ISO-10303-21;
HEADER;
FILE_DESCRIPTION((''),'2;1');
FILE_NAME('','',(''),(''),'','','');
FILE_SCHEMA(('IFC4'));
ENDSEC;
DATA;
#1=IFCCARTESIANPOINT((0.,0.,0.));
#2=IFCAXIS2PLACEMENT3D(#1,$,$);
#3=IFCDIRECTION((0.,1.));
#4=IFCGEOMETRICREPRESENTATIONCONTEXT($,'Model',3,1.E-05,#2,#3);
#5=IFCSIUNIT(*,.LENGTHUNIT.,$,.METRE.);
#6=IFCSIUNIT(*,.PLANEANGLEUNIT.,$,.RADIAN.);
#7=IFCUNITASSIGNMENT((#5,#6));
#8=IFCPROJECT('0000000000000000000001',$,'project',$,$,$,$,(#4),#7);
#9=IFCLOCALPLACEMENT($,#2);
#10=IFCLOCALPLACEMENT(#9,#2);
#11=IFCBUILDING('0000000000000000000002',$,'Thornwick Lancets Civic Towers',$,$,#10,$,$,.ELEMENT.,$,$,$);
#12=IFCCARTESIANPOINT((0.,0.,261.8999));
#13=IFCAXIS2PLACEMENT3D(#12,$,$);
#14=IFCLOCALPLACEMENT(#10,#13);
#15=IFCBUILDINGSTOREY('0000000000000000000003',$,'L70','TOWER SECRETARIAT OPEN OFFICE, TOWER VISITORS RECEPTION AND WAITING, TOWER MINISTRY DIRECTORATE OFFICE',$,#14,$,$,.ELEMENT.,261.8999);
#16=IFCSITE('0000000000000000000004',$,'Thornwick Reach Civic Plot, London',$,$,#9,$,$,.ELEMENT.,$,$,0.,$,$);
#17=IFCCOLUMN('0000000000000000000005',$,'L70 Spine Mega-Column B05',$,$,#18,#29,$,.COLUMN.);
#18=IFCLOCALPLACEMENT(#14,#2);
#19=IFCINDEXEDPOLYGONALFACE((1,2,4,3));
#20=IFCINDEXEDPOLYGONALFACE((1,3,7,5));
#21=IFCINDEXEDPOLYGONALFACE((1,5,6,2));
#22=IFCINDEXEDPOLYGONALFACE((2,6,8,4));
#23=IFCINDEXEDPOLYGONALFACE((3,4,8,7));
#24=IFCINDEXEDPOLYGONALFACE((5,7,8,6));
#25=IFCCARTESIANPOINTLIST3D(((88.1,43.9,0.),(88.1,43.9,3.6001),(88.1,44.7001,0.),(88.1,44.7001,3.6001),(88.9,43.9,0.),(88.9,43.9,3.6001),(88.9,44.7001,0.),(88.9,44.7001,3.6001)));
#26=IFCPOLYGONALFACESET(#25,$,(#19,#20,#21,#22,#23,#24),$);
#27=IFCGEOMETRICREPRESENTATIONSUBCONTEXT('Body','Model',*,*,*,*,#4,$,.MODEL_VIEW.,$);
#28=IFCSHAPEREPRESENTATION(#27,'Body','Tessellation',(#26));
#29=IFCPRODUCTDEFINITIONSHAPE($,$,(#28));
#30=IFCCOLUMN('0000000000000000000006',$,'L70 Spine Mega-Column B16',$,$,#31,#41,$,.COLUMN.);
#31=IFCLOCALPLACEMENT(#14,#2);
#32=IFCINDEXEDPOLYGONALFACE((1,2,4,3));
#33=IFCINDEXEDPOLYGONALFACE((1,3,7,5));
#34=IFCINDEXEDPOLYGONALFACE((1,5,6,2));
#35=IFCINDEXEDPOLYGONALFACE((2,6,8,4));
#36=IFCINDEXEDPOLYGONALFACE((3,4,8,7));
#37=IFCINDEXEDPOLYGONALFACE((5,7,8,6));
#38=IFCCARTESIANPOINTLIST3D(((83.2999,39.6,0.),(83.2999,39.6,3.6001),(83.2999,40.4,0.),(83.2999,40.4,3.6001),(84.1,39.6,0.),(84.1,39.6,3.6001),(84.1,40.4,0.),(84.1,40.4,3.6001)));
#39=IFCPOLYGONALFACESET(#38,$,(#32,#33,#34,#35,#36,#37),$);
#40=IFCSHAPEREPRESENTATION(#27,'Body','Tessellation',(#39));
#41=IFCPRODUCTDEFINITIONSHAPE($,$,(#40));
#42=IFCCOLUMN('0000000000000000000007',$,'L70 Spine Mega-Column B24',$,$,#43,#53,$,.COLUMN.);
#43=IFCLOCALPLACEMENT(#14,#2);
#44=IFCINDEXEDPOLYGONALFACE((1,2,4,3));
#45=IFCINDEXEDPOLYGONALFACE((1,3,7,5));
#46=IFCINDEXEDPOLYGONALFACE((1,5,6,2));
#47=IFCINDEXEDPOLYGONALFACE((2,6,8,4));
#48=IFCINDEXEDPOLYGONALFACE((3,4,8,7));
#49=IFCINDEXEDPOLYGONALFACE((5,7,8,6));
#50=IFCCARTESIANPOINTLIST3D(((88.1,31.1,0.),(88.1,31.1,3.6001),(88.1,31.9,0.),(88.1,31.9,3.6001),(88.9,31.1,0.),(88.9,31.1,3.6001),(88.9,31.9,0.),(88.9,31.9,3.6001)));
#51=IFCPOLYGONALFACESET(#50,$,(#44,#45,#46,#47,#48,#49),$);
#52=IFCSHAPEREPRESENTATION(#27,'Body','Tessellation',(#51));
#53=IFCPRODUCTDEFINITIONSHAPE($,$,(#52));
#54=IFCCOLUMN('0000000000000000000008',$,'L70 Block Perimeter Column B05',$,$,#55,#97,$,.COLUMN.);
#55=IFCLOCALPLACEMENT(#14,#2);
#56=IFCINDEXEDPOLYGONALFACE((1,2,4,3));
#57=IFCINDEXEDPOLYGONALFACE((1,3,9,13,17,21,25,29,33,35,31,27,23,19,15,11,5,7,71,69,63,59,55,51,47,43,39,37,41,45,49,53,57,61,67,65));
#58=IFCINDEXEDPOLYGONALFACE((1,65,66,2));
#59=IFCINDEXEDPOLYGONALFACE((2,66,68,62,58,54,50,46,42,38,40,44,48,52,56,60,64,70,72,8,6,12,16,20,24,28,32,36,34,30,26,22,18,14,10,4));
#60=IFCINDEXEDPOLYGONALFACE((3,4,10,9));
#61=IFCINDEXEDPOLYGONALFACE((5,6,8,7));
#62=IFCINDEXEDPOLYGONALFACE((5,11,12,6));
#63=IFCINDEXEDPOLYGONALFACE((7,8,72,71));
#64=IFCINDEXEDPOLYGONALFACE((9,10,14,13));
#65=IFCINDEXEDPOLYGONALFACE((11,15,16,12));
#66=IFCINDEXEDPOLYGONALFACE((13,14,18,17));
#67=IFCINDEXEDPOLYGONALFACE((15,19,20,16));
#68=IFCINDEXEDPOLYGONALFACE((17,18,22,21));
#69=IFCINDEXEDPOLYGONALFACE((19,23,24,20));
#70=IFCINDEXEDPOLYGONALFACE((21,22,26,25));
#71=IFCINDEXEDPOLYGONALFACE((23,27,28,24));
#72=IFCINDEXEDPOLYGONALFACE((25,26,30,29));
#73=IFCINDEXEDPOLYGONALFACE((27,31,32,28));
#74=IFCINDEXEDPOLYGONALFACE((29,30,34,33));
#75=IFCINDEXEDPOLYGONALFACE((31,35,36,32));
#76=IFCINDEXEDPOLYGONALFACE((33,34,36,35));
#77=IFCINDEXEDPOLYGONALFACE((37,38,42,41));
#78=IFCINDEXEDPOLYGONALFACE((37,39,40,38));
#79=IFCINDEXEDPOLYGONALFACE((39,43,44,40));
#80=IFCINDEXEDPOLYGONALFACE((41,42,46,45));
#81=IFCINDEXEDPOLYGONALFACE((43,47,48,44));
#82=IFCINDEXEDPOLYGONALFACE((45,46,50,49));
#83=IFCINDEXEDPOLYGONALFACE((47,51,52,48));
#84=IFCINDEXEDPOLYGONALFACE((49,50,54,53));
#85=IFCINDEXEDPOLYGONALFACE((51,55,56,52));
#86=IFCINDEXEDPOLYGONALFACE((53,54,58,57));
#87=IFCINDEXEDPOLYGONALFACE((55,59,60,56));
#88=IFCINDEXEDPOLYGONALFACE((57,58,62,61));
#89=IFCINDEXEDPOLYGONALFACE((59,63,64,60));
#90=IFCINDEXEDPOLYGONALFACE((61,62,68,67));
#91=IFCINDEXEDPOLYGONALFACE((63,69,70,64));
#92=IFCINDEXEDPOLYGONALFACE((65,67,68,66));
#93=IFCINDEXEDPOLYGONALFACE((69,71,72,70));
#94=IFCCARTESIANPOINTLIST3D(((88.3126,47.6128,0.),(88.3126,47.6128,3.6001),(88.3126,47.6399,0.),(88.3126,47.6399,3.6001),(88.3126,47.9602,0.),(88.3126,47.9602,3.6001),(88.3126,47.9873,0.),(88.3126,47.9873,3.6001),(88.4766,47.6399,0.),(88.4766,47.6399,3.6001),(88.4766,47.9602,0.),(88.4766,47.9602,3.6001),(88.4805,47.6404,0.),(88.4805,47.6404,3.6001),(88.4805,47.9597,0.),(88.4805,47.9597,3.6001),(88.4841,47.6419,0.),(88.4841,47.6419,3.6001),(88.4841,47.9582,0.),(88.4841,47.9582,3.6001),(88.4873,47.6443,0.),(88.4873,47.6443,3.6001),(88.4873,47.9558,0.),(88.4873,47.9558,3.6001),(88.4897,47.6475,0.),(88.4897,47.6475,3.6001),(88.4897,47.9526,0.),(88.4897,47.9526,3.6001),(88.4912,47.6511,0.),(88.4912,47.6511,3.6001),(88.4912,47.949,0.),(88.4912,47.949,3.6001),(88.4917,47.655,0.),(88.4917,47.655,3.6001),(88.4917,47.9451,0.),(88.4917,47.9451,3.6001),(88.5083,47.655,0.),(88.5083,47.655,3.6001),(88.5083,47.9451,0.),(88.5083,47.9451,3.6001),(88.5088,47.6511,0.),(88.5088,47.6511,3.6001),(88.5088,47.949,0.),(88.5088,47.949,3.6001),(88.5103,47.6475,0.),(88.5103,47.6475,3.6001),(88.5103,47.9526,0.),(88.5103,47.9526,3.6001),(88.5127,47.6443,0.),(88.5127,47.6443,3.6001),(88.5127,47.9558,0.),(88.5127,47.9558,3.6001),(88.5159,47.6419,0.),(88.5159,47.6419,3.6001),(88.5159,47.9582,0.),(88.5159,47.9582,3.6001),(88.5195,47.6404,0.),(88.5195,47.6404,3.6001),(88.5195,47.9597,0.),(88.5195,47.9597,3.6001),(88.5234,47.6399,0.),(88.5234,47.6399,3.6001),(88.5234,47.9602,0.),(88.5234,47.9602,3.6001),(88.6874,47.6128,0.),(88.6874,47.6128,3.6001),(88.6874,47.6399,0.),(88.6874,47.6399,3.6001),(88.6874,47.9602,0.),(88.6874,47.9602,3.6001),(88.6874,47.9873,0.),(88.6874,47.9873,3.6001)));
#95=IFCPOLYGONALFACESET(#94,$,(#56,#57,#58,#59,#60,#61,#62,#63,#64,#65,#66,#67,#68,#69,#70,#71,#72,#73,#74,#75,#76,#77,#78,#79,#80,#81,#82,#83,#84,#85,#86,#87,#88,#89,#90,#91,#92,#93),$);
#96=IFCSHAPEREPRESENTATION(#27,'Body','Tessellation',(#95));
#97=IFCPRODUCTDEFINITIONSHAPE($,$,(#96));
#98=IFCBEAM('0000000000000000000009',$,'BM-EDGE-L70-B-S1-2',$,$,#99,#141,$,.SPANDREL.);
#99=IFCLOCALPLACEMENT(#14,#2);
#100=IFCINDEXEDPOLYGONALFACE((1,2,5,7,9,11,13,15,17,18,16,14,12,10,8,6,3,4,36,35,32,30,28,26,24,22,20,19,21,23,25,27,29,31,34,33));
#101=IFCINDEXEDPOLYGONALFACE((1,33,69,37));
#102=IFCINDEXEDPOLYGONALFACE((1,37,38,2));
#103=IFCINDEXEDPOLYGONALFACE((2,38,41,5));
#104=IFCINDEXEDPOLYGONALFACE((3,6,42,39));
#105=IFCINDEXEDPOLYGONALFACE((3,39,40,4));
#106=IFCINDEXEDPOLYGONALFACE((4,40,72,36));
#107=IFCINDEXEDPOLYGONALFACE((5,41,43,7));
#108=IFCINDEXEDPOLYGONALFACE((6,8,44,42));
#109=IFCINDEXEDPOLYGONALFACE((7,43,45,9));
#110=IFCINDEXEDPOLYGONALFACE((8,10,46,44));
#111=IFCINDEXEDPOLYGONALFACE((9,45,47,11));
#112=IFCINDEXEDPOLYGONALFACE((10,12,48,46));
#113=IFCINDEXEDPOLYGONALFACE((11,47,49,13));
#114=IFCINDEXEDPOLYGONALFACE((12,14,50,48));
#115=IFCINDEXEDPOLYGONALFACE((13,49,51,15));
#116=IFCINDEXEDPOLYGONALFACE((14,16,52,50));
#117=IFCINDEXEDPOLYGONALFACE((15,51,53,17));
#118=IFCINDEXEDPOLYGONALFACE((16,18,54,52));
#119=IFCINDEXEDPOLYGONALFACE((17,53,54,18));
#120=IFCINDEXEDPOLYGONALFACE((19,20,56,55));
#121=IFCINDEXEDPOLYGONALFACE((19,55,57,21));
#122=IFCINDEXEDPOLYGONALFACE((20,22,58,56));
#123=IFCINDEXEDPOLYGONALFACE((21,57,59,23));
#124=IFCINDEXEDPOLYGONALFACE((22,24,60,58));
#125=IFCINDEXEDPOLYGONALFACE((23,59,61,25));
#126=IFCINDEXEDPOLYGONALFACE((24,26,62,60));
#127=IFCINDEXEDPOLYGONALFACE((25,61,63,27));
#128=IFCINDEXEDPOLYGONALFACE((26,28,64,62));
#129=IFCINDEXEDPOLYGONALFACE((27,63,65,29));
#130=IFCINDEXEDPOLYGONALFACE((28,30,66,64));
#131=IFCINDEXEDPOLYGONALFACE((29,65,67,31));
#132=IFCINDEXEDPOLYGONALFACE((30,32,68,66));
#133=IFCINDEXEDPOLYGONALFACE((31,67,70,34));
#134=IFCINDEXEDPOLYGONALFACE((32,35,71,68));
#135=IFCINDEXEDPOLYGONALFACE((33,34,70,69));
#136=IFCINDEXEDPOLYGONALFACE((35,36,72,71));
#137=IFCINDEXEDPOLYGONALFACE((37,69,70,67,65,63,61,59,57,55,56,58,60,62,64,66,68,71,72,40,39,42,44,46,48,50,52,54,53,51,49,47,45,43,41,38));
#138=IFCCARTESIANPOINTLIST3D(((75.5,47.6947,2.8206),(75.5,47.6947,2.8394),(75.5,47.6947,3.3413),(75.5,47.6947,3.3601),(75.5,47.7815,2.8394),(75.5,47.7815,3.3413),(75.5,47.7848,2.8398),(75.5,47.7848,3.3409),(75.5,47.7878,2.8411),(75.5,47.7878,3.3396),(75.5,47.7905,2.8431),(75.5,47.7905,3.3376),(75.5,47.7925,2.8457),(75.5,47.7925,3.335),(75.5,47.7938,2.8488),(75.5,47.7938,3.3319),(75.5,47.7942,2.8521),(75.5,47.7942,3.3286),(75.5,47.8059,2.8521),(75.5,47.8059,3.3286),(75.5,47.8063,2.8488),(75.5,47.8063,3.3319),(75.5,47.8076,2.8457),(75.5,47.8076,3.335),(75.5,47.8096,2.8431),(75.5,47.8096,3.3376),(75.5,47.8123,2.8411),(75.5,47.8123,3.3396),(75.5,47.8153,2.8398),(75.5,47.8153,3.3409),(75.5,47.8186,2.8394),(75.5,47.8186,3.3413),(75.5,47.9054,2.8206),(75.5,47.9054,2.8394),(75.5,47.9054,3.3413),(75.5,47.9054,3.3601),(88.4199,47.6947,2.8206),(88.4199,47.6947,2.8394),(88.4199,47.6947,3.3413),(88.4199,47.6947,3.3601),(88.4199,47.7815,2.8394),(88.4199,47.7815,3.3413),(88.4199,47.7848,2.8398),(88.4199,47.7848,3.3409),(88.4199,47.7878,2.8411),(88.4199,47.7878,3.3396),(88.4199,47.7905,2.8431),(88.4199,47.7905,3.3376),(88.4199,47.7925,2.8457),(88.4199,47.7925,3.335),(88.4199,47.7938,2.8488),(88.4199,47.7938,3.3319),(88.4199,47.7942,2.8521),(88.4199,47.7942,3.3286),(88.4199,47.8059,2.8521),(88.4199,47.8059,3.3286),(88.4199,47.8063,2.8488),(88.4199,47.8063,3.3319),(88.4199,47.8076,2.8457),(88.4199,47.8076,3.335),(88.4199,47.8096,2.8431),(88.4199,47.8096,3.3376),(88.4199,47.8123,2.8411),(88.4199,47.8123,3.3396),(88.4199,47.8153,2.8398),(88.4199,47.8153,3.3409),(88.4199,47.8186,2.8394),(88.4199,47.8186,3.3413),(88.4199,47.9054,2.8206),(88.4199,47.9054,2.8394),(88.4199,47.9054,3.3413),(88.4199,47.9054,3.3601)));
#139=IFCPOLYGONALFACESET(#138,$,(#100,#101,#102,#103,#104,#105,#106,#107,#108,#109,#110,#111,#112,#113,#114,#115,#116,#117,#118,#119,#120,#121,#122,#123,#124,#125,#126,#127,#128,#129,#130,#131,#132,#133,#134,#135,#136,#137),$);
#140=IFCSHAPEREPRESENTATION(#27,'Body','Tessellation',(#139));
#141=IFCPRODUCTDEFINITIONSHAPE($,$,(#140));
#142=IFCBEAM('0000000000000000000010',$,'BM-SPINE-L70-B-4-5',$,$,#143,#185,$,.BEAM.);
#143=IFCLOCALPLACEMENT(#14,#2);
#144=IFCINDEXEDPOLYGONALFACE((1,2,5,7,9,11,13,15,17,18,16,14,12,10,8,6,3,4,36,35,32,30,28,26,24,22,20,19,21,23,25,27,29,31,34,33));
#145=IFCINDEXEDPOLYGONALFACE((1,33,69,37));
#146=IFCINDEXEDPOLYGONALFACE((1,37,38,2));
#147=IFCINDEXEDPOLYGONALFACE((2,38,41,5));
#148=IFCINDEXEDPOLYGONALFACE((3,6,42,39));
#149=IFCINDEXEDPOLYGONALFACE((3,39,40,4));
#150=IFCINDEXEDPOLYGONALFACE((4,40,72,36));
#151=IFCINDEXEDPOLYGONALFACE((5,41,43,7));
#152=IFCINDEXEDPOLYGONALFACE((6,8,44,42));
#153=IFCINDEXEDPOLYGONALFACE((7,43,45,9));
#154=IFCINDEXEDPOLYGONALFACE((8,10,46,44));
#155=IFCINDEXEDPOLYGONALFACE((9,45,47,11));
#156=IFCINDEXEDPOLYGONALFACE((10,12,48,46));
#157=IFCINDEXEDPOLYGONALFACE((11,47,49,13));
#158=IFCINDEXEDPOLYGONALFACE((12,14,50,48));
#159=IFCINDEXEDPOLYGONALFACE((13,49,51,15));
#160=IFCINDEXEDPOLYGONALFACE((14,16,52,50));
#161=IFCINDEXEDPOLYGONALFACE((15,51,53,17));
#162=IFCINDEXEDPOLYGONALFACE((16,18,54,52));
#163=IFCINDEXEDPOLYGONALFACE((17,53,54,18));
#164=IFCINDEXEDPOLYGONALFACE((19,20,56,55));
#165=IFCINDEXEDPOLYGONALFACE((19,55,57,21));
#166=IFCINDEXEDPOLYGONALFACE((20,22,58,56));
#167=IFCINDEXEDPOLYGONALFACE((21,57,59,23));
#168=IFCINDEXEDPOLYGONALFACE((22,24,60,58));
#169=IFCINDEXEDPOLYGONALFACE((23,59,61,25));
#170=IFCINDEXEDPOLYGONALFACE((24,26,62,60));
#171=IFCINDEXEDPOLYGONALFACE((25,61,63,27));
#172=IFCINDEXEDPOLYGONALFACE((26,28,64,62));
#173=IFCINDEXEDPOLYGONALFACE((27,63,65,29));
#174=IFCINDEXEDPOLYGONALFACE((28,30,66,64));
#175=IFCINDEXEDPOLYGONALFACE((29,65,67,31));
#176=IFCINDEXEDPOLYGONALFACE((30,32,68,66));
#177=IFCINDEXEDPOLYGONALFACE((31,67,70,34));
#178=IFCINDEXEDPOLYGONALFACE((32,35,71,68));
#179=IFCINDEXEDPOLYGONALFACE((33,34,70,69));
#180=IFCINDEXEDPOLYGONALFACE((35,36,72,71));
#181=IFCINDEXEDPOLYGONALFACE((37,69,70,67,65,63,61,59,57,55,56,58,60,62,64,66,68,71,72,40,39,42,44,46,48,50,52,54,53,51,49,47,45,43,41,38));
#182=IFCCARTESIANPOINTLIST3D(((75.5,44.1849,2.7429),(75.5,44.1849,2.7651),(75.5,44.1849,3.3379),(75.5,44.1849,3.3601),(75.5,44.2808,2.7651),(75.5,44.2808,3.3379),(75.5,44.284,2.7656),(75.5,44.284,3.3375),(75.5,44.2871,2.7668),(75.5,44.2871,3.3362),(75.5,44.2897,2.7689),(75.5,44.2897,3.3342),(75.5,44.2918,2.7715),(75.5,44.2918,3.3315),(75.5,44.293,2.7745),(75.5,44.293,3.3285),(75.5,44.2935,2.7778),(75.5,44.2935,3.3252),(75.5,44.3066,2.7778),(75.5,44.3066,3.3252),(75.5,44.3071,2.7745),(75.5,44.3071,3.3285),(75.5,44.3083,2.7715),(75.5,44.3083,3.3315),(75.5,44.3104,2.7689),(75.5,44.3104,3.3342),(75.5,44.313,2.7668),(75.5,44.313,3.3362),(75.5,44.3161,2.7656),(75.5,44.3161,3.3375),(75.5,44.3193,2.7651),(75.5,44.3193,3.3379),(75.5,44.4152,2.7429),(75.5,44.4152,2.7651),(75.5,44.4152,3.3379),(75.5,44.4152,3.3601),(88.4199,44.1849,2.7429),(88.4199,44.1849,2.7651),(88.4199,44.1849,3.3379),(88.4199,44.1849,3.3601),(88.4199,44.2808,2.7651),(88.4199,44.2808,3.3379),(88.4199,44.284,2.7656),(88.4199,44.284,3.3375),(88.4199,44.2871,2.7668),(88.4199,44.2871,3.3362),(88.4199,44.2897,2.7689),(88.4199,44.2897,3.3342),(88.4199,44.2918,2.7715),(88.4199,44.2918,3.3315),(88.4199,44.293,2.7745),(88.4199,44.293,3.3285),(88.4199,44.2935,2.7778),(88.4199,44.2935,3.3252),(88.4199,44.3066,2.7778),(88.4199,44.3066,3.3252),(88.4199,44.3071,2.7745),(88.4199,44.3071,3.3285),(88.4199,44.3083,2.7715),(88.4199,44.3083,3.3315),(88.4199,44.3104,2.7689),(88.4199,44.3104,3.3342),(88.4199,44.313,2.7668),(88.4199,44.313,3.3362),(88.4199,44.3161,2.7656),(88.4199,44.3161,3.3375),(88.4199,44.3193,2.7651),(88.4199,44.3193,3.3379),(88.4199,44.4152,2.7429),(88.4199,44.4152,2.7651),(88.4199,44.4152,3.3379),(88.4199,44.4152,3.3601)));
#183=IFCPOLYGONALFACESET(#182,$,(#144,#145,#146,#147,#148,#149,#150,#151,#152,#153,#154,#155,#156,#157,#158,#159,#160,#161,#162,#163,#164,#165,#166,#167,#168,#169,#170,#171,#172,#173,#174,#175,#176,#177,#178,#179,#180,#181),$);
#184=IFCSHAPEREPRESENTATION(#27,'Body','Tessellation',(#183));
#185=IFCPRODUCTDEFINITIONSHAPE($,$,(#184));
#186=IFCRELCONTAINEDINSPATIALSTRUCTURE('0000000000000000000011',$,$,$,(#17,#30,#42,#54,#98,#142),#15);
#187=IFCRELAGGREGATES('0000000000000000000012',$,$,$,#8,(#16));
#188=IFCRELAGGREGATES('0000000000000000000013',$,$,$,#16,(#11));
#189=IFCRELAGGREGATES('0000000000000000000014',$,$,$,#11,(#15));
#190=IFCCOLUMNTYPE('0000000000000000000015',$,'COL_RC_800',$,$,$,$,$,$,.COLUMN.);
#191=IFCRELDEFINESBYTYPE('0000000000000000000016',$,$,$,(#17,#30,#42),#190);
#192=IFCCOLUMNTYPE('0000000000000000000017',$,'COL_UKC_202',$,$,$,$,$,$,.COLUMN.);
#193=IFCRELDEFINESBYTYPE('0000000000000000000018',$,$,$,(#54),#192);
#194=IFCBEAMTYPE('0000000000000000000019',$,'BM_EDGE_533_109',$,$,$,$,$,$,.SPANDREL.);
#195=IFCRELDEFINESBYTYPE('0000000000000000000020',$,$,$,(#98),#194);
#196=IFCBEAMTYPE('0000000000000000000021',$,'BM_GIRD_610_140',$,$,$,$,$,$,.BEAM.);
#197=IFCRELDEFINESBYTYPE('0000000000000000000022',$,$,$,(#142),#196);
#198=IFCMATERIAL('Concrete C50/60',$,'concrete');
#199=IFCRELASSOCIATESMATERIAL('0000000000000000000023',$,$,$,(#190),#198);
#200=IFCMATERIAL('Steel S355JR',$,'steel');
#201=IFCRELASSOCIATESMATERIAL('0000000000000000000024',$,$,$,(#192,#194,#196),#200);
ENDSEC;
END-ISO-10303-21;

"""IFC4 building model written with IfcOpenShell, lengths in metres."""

from ifc_helpers import new_model, si_unit, direction, frame, origin, origin_2d, place, context, subcontext, project, spatial, rectangle, i_section, extrude, material, material_profile, profile_set, type_object, element, save


model = new_model("IFC4")

# Units and contexts
model_context = context("Model", 3, precision=1e-05, world=origin(), true_north=direction((0.0, 1.0)))
body_context = subcontext(model_context, "Body", "Model", "MODEL_VIEW")
ifc_project = project(units=[si_unit("LENGTHUNIT", "METRE"), si_unit("PLANEANGLEUNIT", "RADIAN")], contexts=[model_context])

# Site, building, storey
site_placement = place(None, origin())
site = spatial("IfcSite", under=ifc_project, at=site_placement, Name="Thornwick Reach Civic Plot, London", CompositionType="ELEMENT", RefElevation=0.0)
building_placement = place(site_placement, origin())
building = spatial("IfcBuilding", under=site, at=building_placement, Name="Thornwick Lancets Civic Towers", CompositionType="ELEMENT")
storey_placement = place(building_placement, frame((0.0, 0.0, 261.8999)))
storey = spatial("IfcBuildingStorey", under=building, at=storey_placement, Name="L70", Description="TOWER SECRETARIAT OPEN OFFICE, TOWER VISITORS RECEPTION AND WAITING, TOWER MINISTRY DIRECTORATE OFFICE", CompositionType="ELEMENT", Elevation=261.8999)

# Columns
ifc_material_1 = material(Name="Concrete C50/60", Category="concrete")
ifc_material_profile_1 = material_profile(ifc_material_1, rectangle(XDim=0.8, YDim=0.8, at=origin_2d()), Name="RC 800x800")
ifc_profile_set_1 = profile_set([ifc_material_profile_1], Name="Concrete C50/60")
column_type_1 = type_object("IfcColumnType", Name="COL_RC_800", PredefinedType="COLUMN", material=ifc_profile_set_1)
for number, where, z_axis, x_axis, name in (
    (1, (88.5, 44.3, 0.0), (0.0, 0.0, 1.0), (1.0, 0.0, 0.0), "L70 Spine Mega-Column B05"),
    (2, (83.7, 40.0, 0.0), (0.0, 0.0, 1.0), (1.0, 0.0, 0.0), "L70 Spine Mega-Column B16"),
    (3, (88.5, 31.5, 0.0), (0.0, 0.0, 1.0), (1.0, 0.0, 0.0), "L70 Spine Mega-Column B24"),
):
    element("IfcColumn", number, at=place(storey_placement, frame(where, z_axis=z_axis, x_axis=x_axis)), inside=storey, type_object=column_type_1, Name=name, PredefinedType="COLUMN", context=body_context, shape_type="SweptSolid", body=[
        extrude(rectangle(XDim=0.8, YDim=0.8, at=origin_2d()), origin(), (0.0, 0.0, 1.0), 3.6001),
    ])
ifc_material_2 = material(Name="Steel S355JR", Category="steel")
ifc_material_profile_2 = material_profile(ifc_material_2, i_section(OverallWidth=0.3748, OverallDepth=0.3745, WebThickness=0.0166, FlangeThickness=0.0271, FilletRadius=0.0151, at=origin_2d()), Name="UKC 356x368x202")
ifc_profile_set_2 = profile_set([ifc_material_profile_2], Name="Steel S355JR")
column_type_2 = type_object("IfcColumnType", Name="COL_UKC_202", PredefinedType="COLUMN", material=ifc_profile_set_2)
column_placement = place(storey_placement, frame((88.5, 47.8, 0.0), z_axis=(0.0, 0.0, 1.0), x_axis=(1.0, 0.0, 0.0)))
element("IfcColumn", 4, at=column_placement, inside=storey, type_object=column_type_2, Name="L70 Block Perimeter Column B05", PredefinedType="COLUMN", context=body_context, shape_type="SweptSolid", body=[
    extrude(i_section(OverallWidth=0.3748, OverallDepth=0.3745, WebThickness=0.0166, FlangeThickness=0.0271, FilletRadius=0.0151, at=origin_2d()), origin(), (0.0, 0.0, 1.0), 3.6001),
])

# Beams
ifc_material_profile_3 = material_profile(ifc_material_2, i_section(OverallWidth=0.2107, OverallDepth=0.5396, WebThickness=0.0117, FlangeThickness=0.0188, FilletRadius=0.0127, at=origin_2d()), Name="UKB 533x210x109")
ifc_profile_set_3 = profile_set([ifc_material_profile_3], Name="Steel S355JR")
beam_type_1 = type_object("IfcBeamType", Name="BM_EDGE_533_109", PredefinedType="SPANDREL", material=ifc_profile_set_3)
beam_1_placement = place(storey_placement, frame((88.4199, 47.8, 3.0903), z_axis=(-1.0, 0.0, 0.0), x_axis=(0.0, -1.0, 0.0)))
element("IfcBeam", 5, at=beam_1_placement, inside=storey, type_object=beam_type_1, Name="BM-EDGE-L70-B-S1-2", PredefinedType="SPANDREL", context=body_context, shape_type="SweptSolid", body=[
    extrude(i_section(OverallWidth=0.2107, OverallDepth=0.5396, WebThickness=0.0117, FlangeThickness=0.0188, FilletRadius=0.0127, at=origin_2d()), origin(), (0.0, 0.0, 1.0), 12.9199),
])
ifc_material_profile_4 = material_profile(ifc_material_2, i_section(OverallWidth=0.2302, OverallDepth=0.6172, WebThickness=0.0132, FlangeThickness=0.0222, FilletRadius=0.0127, at=origin_2d()), Name="UKB 610x229x140")
ifc_profile_set_4 = profile_set([ifc_material_profile_4], Name="Steel S355JR")
beam_type_2 = type_object("IfcBeamType", Name="BM_GIRD_610_140", PredefinedType="BEAM", material=ifc_profile_set_4)
beam_2_placement = place(storey_placement, frame((88.4199, 44.3, 3.0515), z_axis=(-1.0, 0.0, 0.0), x_axis=(0.0, -1.0, 0.0)))
element("IfcBeam", 6, at=beam_2_placement, inside=storey, type_object=beam_type_2, Name="BM-SPINE-L70-B-4-5", PredefinedType="BEAM", context=body_context, shape_type="SweptSolid", body=[
    extrude(i_section(OverallWidth=0.2302, OverallDepth=0.6172, WebThickness=0.0132, FlangeThickness=0.0222, FilletRadius=0.0127, at=origin_2d()), origin(), (0.0, 0.0, 1.0), 12.9199),
])

save(model, "model.ifc")
